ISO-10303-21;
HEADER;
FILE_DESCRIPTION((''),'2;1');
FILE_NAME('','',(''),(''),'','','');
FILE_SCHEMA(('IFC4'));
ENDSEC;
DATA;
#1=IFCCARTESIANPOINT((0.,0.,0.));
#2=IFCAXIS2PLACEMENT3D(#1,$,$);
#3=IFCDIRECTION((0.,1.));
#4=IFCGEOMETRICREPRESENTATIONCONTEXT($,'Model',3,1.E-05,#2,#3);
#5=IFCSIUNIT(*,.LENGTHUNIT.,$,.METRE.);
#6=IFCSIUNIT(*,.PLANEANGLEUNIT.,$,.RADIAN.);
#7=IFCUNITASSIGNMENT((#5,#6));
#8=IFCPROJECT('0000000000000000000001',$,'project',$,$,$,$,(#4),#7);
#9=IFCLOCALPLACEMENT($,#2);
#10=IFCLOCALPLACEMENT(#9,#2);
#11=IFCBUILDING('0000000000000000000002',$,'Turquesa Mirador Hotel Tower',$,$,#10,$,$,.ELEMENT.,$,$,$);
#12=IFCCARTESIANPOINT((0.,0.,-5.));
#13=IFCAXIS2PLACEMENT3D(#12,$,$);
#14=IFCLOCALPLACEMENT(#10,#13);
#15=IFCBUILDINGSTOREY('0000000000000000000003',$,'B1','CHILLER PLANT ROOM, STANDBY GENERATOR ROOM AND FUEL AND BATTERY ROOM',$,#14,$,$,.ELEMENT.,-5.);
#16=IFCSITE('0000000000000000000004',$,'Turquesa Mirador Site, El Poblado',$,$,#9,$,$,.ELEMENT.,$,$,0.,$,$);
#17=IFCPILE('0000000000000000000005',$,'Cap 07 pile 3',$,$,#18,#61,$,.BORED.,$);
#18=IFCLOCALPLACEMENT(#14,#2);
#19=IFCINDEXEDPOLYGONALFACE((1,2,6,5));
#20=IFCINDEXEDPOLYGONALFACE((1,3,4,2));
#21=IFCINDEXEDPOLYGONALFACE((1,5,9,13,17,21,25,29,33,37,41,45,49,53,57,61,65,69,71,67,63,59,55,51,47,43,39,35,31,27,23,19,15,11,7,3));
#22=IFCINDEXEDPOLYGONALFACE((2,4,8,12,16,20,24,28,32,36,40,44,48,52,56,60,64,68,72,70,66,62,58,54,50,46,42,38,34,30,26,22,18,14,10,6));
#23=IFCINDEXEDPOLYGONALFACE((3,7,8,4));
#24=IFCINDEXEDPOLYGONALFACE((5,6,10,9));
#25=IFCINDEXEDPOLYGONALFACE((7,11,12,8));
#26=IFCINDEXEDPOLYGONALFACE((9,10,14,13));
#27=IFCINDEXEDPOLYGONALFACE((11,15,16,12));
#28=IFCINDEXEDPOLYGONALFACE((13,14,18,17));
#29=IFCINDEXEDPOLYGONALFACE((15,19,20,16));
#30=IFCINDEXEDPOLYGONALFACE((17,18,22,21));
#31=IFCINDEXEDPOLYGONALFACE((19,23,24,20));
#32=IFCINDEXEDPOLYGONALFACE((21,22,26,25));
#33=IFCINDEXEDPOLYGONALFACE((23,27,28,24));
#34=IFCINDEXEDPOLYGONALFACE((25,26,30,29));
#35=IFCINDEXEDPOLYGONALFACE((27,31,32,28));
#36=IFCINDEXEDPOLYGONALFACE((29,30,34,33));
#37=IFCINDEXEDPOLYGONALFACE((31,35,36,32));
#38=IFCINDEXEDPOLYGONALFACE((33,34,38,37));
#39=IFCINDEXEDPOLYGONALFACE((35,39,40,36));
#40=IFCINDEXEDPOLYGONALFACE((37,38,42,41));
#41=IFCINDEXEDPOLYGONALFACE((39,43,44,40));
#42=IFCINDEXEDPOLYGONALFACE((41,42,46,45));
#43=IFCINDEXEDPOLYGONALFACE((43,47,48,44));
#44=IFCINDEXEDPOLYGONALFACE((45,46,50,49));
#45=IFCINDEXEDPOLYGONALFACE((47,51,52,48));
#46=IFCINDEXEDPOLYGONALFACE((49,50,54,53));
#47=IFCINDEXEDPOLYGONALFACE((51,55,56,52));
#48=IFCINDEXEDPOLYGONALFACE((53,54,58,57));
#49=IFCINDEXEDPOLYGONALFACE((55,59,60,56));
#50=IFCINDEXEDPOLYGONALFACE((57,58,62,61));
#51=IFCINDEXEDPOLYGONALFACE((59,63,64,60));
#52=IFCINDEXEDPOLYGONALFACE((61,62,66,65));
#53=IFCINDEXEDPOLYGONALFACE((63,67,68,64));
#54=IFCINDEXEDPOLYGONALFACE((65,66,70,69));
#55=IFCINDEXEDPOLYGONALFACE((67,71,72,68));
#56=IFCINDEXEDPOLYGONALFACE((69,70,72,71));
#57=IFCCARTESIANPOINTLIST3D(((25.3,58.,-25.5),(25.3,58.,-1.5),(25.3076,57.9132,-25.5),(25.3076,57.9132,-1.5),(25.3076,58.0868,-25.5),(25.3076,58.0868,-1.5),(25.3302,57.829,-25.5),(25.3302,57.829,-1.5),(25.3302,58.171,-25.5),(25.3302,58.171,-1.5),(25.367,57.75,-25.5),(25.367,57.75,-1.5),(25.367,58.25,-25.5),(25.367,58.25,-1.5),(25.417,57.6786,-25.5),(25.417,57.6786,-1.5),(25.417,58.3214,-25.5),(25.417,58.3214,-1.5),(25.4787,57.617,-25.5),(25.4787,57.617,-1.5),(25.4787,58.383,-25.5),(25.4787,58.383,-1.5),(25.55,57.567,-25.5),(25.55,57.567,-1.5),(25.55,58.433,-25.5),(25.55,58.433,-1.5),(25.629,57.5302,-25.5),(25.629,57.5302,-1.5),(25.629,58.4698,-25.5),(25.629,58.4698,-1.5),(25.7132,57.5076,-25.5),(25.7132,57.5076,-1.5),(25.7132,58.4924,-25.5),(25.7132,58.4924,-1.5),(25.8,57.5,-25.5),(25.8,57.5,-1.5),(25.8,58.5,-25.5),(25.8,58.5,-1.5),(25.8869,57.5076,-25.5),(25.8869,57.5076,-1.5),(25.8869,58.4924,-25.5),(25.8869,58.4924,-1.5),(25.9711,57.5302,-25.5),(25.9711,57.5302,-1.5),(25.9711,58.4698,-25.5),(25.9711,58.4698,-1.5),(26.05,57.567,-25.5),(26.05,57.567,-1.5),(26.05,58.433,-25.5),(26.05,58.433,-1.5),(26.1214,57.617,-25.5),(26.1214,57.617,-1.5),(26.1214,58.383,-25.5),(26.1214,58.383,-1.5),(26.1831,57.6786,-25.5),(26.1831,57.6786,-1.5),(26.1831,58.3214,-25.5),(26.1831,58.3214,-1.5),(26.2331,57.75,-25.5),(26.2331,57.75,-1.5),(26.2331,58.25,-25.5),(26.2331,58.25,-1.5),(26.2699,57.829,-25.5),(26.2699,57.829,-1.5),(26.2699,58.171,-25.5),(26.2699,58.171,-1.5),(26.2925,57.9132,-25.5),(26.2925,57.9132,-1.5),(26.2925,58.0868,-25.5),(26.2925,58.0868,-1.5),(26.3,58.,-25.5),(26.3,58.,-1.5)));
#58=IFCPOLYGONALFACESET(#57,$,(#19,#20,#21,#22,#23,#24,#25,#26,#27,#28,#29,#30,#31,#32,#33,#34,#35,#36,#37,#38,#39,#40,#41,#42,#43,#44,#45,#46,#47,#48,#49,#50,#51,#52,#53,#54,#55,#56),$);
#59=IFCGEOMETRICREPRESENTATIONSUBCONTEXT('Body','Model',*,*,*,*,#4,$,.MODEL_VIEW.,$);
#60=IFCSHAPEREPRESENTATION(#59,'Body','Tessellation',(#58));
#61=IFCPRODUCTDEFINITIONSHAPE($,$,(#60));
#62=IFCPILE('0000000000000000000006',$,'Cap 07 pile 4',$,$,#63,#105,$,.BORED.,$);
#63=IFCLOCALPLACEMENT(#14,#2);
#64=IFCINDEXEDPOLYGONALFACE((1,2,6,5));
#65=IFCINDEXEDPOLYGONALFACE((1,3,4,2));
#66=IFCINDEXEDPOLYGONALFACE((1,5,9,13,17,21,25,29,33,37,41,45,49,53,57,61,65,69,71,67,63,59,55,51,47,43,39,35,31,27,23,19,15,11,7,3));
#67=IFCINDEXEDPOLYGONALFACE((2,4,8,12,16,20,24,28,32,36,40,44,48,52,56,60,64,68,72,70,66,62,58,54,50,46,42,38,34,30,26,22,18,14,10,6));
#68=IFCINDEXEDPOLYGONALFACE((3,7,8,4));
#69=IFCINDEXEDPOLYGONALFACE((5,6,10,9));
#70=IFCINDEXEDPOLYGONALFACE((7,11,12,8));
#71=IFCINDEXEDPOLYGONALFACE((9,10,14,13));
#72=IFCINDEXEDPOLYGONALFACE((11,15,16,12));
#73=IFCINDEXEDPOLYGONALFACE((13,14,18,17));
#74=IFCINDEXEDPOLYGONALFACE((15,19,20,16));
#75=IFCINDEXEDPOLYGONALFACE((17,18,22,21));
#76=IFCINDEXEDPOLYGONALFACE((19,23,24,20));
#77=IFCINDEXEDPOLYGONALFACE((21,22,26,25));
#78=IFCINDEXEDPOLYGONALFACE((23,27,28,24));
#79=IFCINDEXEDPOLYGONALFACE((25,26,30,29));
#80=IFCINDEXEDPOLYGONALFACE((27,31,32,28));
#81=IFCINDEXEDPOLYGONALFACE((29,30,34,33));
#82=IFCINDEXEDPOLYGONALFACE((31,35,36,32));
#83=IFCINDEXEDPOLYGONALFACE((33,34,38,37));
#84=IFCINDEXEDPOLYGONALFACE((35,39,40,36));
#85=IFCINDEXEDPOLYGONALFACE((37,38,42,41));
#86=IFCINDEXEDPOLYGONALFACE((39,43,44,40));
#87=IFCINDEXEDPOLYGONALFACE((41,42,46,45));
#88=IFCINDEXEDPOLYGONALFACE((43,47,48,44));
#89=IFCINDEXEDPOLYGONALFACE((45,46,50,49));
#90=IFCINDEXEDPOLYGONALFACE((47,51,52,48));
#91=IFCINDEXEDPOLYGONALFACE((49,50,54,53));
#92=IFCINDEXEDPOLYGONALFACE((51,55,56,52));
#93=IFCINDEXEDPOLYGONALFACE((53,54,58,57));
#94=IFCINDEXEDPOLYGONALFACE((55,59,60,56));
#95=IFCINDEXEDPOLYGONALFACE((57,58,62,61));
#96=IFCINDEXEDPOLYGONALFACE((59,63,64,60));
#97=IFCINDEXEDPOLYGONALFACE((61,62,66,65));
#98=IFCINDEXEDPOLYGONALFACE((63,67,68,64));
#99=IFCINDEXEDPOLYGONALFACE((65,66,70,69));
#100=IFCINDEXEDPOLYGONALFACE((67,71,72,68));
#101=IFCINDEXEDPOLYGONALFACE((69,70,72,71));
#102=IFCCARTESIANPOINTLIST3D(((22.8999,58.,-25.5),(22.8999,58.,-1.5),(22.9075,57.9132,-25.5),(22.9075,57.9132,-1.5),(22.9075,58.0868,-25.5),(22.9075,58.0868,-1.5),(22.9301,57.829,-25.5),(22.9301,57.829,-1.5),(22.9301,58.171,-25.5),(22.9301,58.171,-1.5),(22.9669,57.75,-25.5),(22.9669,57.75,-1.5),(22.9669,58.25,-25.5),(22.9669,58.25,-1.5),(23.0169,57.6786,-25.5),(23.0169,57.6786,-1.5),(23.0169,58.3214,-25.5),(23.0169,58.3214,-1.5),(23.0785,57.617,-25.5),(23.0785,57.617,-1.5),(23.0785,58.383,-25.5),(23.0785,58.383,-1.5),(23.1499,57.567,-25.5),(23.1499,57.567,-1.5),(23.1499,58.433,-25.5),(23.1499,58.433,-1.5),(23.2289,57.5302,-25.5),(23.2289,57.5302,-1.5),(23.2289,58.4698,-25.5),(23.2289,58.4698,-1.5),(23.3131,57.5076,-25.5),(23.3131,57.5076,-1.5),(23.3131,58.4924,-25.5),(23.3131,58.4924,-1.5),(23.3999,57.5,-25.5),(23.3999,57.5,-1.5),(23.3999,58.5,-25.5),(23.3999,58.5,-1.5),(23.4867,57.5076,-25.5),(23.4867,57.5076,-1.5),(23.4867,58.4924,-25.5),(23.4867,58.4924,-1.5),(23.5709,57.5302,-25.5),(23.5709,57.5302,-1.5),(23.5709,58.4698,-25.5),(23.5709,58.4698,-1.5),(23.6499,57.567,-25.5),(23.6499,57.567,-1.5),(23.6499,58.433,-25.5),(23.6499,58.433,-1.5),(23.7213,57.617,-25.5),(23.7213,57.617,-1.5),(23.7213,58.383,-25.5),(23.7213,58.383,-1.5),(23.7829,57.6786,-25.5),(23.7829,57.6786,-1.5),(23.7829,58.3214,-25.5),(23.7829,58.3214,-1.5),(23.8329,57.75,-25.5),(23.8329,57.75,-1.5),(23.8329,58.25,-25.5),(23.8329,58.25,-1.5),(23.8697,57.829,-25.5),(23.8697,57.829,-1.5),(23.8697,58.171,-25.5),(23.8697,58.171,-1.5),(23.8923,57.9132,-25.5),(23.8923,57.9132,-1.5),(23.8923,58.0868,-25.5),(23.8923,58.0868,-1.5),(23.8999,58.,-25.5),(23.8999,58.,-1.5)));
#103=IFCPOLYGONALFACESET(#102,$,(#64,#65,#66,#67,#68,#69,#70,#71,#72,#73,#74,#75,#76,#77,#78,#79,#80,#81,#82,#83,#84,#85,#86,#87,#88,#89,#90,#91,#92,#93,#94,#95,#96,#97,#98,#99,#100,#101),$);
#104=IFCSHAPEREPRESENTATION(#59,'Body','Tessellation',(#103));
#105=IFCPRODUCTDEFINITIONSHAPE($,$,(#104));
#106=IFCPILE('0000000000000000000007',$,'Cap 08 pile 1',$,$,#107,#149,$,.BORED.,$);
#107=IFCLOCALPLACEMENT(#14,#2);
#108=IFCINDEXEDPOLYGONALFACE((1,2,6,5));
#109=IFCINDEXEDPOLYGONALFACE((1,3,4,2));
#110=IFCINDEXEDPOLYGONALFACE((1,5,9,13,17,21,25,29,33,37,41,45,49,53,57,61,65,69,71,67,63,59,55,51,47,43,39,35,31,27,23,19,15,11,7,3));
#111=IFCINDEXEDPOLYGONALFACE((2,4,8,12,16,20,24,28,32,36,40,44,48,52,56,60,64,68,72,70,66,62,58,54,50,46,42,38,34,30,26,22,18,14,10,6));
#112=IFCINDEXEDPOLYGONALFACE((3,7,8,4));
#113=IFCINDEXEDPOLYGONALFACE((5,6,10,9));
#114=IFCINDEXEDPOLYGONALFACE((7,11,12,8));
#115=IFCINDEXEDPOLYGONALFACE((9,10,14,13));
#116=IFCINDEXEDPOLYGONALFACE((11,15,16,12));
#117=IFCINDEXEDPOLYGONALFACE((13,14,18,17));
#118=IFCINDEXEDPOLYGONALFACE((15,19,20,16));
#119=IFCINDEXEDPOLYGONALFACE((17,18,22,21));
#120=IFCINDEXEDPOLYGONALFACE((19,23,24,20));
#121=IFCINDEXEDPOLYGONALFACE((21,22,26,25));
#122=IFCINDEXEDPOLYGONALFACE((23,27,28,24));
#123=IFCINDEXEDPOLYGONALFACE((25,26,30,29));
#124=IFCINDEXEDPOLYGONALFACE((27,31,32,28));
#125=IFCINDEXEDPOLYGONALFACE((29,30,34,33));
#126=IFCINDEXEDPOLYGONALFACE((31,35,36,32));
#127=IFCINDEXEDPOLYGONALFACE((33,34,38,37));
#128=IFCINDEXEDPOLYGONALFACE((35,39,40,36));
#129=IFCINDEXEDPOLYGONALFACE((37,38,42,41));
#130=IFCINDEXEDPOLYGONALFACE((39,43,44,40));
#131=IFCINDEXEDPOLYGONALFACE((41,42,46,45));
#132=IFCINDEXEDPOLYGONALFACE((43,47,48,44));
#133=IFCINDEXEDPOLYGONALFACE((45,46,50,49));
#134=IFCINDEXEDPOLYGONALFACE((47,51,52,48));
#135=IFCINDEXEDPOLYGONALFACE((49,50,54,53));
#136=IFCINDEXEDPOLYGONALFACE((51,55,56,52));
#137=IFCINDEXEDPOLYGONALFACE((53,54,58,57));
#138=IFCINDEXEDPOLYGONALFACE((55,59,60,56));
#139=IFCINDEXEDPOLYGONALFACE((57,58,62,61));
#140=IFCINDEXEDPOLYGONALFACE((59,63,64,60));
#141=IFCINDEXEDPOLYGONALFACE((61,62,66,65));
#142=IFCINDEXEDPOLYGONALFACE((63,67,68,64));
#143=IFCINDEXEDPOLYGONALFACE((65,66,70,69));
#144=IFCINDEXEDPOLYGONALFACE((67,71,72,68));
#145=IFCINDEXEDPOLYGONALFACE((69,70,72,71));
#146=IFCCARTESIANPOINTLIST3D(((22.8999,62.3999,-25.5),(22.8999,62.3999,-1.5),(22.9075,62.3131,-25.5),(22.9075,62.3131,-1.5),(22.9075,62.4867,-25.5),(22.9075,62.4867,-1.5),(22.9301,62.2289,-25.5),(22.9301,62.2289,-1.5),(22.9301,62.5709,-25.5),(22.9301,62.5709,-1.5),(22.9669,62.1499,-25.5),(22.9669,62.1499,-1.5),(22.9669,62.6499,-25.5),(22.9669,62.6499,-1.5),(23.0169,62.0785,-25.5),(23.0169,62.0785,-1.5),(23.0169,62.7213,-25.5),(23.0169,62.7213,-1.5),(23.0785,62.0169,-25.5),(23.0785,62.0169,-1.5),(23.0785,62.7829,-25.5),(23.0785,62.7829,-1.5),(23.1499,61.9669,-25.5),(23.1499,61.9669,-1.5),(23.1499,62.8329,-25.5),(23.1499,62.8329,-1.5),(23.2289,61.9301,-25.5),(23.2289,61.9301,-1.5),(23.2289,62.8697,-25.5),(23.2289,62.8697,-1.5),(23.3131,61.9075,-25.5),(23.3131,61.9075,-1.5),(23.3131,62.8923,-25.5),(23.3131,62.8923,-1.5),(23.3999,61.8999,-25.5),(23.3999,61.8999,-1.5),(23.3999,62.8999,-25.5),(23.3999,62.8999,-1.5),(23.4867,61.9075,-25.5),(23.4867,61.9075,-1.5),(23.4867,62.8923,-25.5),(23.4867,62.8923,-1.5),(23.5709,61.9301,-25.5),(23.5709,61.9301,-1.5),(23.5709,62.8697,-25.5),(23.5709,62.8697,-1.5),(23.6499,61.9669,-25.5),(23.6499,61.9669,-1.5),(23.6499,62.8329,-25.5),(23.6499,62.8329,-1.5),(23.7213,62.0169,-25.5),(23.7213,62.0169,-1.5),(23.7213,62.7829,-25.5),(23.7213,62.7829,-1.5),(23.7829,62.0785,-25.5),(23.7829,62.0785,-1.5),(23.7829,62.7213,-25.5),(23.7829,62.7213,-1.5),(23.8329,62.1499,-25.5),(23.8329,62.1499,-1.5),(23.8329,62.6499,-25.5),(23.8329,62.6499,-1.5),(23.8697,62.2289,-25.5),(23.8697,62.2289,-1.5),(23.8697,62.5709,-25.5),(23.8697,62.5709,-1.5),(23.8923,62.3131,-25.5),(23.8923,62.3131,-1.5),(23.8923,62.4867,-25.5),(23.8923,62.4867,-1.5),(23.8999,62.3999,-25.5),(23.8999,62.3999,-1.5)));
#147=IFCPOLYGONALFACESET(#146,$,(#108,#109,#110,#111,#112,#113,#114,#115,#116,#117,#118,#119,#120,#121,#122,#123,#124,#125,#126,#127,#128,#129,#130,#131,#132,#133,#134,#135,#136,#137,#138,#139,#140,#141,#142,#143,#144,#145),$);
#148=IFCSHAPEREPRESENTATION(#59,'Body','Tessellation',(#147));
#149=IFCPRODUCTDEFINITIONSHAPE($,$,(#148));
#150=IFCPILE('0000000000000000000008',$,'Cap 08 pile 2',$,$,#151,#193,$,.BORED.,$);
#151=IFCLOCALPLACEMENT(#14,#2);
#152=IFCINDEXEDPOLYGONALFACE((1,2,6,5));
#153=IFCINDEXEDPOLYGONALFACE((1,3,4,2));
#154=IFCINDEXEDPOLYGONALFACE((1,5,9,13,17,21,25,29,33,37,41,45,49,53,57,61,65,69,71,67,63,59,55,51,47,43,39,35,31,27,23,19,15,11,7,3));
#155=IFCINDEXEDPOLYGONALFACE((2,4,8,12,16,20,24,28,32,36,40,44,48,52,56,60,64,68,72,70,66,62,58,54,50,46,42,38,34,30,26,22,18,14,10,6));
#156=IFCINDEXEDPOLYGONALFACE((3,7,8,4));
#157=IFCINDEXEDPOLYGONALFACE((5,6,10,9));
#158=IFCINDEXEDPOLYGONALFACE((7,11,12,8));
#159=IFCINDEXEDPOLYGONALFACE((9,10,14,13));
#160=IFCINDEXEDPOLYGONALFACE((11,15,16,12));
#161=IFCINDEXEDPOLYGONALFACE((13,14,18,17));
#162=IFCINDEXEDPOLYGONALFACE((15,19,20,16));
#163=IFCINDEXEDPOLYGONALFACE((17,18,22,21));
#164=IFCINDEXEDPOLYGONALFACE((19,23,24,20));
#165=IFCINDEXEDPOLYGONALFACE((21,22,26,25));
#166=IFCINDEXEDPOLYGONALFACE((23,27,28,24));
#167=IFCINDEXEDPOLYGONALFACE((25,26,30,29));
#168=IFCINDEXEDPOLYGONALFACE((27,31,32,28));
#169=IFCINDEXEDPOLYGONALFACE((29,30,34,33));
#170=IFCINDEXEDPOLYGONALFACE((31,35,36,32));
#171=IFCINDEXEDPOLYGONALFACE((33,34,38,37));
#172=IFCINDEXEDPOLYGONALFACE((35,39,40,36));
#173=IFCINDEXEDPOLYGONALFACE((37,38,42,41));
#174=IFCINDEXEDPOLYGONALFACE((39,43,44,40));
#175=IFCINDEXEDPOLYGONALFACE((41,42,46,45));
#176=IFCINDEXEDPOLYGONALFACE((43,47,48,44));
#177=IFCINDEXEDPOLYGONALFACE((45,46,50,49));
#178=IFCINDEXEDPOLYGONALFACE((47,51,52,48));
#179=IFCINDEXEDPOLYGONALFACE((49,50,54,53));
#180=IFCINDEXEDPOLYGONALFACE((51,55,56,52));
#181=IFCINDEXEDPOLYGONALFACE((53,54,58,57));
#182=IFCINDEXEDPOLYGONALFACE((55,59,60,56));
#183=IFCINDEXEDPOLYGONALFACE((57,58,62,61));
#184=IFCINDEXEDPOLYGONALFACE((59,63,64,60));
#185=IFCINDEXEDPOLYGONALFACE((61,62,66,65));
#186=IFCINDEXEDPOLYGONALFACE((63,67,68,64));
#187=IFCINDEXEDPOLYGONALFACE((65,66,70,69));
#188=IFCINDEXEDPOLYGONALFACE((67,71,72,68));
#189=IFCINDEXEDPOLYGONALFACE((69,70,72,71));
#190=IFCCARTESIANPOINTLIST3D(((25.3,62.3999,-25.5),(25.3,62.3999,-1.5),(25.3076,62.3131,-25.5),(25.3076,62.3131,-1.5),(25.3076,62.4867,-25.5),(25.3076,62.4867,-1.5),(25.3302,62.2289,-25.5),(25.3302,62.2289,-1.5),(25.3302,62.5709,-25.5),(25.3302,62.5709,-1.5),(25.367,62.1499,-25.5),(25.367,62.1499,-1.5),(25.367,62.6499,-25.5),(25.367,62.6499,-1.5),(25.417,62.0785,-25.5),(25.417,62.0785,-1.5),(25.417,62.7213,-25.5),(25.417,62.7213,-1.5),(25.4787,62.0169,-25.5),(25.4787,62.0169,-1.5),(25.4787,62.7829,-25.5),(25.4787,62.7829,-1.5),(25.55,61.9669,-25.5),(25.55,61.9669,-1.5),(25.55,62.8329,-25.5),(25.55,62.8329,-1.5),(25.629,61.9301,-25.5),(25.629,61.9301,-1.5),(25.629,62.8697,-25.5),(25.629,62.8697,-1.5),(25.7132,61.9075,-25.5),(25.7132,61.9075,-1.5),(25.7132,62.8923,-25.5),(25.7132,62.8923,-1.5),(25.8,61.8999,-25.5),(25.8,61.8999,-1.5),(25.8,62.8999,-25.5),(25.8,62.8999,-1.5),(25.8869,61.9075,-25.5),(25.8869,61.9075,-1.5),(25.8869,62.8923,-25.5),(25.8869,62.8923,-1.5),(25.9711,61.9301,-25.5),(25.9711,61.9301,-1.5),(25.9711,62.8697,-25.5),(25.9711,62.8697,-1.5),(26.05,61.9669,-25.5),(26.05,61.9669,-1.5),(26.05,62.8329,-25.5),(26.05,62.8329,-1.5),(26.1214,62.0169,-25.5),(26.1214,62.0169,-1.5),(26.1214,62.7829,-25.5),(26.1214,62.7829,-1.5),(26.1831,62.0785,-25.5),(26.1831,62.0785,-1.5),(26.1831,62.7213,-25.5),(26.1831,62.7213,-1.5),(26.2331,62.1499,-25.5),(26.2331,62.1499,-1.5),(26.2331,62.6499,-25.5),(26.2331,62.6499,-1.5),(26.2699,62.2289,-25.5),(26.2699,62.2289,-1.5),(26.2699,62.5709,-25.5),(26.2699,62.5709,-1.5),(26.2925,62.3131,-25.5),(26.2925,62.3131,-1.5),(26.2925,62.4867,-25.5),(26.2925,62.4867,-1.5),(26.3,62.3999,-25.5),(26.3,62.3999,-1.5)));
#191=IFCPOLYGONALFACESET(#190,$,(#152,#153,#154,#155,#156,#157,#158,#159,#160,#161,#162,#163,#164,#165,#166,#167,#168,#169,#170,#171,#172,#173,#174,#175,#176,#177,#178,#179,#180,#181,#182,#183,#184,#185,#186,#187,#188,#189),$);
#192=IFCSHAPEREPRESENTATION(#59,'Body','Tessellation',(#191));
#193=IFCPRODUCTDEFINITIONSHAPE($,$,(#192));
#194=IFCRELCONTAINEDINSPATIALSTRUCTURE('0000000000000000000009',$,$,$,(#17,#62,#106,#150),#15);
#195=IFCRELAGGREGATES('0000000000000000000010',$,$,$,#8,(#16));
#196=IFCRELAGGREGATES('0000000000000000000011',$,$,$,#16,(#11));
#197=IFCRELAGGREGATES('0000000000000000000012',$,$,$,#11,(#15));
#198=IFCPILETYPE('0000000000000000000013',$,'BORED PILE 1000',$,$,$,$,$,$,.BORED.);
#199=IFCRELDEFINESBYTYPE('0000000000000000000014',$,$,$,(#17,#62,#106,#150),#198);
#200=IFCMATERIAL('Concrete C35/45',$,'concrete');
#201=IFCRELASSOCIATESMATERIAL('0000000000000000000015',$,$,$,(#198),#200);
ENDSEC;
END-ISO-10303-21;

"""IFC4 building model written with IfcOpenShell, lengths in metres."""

from ifc_helpers import new_model, si_unit, direction, frame, origin, origin_2d, place, context, subcontext, project, spatial, circle, extrude, material, type_object, element, save


model = new_model("IFC4")

# Units and contexts
model_context = context("Model", 3, precision=1e-05, world=origin(), true_north=direction((0.0, 1.0)))
body_context = subcontext(model_context, "Body", "Model", "MODEL_VIEW")
ifc_project = project(units=[si_unit("LENGTHUNIT", "METRE"), si_unit("PLANEANGLEUNIT", "RADIAN")], contexts=[model_context])

# Site, building, storey
site_placement = place(None, origin())
site = spatial("IfcSite", under=ifc_project, at=site_placement, Name="Turquesa Mirador Site, El Poblado", CompositionType="ELEMENT", RefElevation=0.0)
building_placement = place(site_placement, origin())
building = spatial("IfcBuilding", under=site, at=building_placement, Name="Turquesa Mirador Hotel Tower", CompositionType="ELEMENT")
storey_placement = place(building_placement, frame((0.0, 0.0, -5.0)))
storey = spatial("IfcBuildingStorey", under=building, at=storey_placement, Name="B1", Description="CHILLER PLANT ROOM, STANDBY GENERATOR ROOM AND FUEL AND BATTERY ROOM", CompositionType="ELEMENT", Elevation=-5.0)

# Piles
ifc_material_1 = material(Name="Concrete C35/45", Category="concrete")
pile_type_1 = type_object("IfcPileType", Name="BORED PILE 1000", PredefinedType="BORED", material=ifc_material_1)
for number, where, z_axis, x_axis, name in (
    (1, (25.8, 58.0, -1.5), (0.0, 0.0, -1.0), (1.0, 0.0, 0.0), "Cap 07 pile 3"),
    (2, (23.3999, 58.0, -1.5), (0.0, 0.0, -1.0), (1.0, 0.0, 0.0), "Cap 07 pile 4"),
    (3, (23.3999, 62.3999, -1.5), (0.0, 0.0, -1.0), (1.0, 0.0, 0.0), "Cap 08 pile 1"),
    (4, (25.8, 62.3999, -1.5), (0.0, 0.0, -1.0), (1.0, 0.0, 0.0), "Cap 08 pile 2"),
):
    element("IfcPile", number, at=place(storey_placement, frame(where, z_axis=z_axis, x_axis=x_axis)), inside=storey, type_object=pile_type_1, Name=name, PredefinedType="BORED", context=body_context, shape_type="SweptSolid", body=[
        extrude(circle(Radius=0.5, at=origin_2d()), origin(), (0.0, 0.0, 1.0), 24.0),
    ])

save(model, "model.ifc")
